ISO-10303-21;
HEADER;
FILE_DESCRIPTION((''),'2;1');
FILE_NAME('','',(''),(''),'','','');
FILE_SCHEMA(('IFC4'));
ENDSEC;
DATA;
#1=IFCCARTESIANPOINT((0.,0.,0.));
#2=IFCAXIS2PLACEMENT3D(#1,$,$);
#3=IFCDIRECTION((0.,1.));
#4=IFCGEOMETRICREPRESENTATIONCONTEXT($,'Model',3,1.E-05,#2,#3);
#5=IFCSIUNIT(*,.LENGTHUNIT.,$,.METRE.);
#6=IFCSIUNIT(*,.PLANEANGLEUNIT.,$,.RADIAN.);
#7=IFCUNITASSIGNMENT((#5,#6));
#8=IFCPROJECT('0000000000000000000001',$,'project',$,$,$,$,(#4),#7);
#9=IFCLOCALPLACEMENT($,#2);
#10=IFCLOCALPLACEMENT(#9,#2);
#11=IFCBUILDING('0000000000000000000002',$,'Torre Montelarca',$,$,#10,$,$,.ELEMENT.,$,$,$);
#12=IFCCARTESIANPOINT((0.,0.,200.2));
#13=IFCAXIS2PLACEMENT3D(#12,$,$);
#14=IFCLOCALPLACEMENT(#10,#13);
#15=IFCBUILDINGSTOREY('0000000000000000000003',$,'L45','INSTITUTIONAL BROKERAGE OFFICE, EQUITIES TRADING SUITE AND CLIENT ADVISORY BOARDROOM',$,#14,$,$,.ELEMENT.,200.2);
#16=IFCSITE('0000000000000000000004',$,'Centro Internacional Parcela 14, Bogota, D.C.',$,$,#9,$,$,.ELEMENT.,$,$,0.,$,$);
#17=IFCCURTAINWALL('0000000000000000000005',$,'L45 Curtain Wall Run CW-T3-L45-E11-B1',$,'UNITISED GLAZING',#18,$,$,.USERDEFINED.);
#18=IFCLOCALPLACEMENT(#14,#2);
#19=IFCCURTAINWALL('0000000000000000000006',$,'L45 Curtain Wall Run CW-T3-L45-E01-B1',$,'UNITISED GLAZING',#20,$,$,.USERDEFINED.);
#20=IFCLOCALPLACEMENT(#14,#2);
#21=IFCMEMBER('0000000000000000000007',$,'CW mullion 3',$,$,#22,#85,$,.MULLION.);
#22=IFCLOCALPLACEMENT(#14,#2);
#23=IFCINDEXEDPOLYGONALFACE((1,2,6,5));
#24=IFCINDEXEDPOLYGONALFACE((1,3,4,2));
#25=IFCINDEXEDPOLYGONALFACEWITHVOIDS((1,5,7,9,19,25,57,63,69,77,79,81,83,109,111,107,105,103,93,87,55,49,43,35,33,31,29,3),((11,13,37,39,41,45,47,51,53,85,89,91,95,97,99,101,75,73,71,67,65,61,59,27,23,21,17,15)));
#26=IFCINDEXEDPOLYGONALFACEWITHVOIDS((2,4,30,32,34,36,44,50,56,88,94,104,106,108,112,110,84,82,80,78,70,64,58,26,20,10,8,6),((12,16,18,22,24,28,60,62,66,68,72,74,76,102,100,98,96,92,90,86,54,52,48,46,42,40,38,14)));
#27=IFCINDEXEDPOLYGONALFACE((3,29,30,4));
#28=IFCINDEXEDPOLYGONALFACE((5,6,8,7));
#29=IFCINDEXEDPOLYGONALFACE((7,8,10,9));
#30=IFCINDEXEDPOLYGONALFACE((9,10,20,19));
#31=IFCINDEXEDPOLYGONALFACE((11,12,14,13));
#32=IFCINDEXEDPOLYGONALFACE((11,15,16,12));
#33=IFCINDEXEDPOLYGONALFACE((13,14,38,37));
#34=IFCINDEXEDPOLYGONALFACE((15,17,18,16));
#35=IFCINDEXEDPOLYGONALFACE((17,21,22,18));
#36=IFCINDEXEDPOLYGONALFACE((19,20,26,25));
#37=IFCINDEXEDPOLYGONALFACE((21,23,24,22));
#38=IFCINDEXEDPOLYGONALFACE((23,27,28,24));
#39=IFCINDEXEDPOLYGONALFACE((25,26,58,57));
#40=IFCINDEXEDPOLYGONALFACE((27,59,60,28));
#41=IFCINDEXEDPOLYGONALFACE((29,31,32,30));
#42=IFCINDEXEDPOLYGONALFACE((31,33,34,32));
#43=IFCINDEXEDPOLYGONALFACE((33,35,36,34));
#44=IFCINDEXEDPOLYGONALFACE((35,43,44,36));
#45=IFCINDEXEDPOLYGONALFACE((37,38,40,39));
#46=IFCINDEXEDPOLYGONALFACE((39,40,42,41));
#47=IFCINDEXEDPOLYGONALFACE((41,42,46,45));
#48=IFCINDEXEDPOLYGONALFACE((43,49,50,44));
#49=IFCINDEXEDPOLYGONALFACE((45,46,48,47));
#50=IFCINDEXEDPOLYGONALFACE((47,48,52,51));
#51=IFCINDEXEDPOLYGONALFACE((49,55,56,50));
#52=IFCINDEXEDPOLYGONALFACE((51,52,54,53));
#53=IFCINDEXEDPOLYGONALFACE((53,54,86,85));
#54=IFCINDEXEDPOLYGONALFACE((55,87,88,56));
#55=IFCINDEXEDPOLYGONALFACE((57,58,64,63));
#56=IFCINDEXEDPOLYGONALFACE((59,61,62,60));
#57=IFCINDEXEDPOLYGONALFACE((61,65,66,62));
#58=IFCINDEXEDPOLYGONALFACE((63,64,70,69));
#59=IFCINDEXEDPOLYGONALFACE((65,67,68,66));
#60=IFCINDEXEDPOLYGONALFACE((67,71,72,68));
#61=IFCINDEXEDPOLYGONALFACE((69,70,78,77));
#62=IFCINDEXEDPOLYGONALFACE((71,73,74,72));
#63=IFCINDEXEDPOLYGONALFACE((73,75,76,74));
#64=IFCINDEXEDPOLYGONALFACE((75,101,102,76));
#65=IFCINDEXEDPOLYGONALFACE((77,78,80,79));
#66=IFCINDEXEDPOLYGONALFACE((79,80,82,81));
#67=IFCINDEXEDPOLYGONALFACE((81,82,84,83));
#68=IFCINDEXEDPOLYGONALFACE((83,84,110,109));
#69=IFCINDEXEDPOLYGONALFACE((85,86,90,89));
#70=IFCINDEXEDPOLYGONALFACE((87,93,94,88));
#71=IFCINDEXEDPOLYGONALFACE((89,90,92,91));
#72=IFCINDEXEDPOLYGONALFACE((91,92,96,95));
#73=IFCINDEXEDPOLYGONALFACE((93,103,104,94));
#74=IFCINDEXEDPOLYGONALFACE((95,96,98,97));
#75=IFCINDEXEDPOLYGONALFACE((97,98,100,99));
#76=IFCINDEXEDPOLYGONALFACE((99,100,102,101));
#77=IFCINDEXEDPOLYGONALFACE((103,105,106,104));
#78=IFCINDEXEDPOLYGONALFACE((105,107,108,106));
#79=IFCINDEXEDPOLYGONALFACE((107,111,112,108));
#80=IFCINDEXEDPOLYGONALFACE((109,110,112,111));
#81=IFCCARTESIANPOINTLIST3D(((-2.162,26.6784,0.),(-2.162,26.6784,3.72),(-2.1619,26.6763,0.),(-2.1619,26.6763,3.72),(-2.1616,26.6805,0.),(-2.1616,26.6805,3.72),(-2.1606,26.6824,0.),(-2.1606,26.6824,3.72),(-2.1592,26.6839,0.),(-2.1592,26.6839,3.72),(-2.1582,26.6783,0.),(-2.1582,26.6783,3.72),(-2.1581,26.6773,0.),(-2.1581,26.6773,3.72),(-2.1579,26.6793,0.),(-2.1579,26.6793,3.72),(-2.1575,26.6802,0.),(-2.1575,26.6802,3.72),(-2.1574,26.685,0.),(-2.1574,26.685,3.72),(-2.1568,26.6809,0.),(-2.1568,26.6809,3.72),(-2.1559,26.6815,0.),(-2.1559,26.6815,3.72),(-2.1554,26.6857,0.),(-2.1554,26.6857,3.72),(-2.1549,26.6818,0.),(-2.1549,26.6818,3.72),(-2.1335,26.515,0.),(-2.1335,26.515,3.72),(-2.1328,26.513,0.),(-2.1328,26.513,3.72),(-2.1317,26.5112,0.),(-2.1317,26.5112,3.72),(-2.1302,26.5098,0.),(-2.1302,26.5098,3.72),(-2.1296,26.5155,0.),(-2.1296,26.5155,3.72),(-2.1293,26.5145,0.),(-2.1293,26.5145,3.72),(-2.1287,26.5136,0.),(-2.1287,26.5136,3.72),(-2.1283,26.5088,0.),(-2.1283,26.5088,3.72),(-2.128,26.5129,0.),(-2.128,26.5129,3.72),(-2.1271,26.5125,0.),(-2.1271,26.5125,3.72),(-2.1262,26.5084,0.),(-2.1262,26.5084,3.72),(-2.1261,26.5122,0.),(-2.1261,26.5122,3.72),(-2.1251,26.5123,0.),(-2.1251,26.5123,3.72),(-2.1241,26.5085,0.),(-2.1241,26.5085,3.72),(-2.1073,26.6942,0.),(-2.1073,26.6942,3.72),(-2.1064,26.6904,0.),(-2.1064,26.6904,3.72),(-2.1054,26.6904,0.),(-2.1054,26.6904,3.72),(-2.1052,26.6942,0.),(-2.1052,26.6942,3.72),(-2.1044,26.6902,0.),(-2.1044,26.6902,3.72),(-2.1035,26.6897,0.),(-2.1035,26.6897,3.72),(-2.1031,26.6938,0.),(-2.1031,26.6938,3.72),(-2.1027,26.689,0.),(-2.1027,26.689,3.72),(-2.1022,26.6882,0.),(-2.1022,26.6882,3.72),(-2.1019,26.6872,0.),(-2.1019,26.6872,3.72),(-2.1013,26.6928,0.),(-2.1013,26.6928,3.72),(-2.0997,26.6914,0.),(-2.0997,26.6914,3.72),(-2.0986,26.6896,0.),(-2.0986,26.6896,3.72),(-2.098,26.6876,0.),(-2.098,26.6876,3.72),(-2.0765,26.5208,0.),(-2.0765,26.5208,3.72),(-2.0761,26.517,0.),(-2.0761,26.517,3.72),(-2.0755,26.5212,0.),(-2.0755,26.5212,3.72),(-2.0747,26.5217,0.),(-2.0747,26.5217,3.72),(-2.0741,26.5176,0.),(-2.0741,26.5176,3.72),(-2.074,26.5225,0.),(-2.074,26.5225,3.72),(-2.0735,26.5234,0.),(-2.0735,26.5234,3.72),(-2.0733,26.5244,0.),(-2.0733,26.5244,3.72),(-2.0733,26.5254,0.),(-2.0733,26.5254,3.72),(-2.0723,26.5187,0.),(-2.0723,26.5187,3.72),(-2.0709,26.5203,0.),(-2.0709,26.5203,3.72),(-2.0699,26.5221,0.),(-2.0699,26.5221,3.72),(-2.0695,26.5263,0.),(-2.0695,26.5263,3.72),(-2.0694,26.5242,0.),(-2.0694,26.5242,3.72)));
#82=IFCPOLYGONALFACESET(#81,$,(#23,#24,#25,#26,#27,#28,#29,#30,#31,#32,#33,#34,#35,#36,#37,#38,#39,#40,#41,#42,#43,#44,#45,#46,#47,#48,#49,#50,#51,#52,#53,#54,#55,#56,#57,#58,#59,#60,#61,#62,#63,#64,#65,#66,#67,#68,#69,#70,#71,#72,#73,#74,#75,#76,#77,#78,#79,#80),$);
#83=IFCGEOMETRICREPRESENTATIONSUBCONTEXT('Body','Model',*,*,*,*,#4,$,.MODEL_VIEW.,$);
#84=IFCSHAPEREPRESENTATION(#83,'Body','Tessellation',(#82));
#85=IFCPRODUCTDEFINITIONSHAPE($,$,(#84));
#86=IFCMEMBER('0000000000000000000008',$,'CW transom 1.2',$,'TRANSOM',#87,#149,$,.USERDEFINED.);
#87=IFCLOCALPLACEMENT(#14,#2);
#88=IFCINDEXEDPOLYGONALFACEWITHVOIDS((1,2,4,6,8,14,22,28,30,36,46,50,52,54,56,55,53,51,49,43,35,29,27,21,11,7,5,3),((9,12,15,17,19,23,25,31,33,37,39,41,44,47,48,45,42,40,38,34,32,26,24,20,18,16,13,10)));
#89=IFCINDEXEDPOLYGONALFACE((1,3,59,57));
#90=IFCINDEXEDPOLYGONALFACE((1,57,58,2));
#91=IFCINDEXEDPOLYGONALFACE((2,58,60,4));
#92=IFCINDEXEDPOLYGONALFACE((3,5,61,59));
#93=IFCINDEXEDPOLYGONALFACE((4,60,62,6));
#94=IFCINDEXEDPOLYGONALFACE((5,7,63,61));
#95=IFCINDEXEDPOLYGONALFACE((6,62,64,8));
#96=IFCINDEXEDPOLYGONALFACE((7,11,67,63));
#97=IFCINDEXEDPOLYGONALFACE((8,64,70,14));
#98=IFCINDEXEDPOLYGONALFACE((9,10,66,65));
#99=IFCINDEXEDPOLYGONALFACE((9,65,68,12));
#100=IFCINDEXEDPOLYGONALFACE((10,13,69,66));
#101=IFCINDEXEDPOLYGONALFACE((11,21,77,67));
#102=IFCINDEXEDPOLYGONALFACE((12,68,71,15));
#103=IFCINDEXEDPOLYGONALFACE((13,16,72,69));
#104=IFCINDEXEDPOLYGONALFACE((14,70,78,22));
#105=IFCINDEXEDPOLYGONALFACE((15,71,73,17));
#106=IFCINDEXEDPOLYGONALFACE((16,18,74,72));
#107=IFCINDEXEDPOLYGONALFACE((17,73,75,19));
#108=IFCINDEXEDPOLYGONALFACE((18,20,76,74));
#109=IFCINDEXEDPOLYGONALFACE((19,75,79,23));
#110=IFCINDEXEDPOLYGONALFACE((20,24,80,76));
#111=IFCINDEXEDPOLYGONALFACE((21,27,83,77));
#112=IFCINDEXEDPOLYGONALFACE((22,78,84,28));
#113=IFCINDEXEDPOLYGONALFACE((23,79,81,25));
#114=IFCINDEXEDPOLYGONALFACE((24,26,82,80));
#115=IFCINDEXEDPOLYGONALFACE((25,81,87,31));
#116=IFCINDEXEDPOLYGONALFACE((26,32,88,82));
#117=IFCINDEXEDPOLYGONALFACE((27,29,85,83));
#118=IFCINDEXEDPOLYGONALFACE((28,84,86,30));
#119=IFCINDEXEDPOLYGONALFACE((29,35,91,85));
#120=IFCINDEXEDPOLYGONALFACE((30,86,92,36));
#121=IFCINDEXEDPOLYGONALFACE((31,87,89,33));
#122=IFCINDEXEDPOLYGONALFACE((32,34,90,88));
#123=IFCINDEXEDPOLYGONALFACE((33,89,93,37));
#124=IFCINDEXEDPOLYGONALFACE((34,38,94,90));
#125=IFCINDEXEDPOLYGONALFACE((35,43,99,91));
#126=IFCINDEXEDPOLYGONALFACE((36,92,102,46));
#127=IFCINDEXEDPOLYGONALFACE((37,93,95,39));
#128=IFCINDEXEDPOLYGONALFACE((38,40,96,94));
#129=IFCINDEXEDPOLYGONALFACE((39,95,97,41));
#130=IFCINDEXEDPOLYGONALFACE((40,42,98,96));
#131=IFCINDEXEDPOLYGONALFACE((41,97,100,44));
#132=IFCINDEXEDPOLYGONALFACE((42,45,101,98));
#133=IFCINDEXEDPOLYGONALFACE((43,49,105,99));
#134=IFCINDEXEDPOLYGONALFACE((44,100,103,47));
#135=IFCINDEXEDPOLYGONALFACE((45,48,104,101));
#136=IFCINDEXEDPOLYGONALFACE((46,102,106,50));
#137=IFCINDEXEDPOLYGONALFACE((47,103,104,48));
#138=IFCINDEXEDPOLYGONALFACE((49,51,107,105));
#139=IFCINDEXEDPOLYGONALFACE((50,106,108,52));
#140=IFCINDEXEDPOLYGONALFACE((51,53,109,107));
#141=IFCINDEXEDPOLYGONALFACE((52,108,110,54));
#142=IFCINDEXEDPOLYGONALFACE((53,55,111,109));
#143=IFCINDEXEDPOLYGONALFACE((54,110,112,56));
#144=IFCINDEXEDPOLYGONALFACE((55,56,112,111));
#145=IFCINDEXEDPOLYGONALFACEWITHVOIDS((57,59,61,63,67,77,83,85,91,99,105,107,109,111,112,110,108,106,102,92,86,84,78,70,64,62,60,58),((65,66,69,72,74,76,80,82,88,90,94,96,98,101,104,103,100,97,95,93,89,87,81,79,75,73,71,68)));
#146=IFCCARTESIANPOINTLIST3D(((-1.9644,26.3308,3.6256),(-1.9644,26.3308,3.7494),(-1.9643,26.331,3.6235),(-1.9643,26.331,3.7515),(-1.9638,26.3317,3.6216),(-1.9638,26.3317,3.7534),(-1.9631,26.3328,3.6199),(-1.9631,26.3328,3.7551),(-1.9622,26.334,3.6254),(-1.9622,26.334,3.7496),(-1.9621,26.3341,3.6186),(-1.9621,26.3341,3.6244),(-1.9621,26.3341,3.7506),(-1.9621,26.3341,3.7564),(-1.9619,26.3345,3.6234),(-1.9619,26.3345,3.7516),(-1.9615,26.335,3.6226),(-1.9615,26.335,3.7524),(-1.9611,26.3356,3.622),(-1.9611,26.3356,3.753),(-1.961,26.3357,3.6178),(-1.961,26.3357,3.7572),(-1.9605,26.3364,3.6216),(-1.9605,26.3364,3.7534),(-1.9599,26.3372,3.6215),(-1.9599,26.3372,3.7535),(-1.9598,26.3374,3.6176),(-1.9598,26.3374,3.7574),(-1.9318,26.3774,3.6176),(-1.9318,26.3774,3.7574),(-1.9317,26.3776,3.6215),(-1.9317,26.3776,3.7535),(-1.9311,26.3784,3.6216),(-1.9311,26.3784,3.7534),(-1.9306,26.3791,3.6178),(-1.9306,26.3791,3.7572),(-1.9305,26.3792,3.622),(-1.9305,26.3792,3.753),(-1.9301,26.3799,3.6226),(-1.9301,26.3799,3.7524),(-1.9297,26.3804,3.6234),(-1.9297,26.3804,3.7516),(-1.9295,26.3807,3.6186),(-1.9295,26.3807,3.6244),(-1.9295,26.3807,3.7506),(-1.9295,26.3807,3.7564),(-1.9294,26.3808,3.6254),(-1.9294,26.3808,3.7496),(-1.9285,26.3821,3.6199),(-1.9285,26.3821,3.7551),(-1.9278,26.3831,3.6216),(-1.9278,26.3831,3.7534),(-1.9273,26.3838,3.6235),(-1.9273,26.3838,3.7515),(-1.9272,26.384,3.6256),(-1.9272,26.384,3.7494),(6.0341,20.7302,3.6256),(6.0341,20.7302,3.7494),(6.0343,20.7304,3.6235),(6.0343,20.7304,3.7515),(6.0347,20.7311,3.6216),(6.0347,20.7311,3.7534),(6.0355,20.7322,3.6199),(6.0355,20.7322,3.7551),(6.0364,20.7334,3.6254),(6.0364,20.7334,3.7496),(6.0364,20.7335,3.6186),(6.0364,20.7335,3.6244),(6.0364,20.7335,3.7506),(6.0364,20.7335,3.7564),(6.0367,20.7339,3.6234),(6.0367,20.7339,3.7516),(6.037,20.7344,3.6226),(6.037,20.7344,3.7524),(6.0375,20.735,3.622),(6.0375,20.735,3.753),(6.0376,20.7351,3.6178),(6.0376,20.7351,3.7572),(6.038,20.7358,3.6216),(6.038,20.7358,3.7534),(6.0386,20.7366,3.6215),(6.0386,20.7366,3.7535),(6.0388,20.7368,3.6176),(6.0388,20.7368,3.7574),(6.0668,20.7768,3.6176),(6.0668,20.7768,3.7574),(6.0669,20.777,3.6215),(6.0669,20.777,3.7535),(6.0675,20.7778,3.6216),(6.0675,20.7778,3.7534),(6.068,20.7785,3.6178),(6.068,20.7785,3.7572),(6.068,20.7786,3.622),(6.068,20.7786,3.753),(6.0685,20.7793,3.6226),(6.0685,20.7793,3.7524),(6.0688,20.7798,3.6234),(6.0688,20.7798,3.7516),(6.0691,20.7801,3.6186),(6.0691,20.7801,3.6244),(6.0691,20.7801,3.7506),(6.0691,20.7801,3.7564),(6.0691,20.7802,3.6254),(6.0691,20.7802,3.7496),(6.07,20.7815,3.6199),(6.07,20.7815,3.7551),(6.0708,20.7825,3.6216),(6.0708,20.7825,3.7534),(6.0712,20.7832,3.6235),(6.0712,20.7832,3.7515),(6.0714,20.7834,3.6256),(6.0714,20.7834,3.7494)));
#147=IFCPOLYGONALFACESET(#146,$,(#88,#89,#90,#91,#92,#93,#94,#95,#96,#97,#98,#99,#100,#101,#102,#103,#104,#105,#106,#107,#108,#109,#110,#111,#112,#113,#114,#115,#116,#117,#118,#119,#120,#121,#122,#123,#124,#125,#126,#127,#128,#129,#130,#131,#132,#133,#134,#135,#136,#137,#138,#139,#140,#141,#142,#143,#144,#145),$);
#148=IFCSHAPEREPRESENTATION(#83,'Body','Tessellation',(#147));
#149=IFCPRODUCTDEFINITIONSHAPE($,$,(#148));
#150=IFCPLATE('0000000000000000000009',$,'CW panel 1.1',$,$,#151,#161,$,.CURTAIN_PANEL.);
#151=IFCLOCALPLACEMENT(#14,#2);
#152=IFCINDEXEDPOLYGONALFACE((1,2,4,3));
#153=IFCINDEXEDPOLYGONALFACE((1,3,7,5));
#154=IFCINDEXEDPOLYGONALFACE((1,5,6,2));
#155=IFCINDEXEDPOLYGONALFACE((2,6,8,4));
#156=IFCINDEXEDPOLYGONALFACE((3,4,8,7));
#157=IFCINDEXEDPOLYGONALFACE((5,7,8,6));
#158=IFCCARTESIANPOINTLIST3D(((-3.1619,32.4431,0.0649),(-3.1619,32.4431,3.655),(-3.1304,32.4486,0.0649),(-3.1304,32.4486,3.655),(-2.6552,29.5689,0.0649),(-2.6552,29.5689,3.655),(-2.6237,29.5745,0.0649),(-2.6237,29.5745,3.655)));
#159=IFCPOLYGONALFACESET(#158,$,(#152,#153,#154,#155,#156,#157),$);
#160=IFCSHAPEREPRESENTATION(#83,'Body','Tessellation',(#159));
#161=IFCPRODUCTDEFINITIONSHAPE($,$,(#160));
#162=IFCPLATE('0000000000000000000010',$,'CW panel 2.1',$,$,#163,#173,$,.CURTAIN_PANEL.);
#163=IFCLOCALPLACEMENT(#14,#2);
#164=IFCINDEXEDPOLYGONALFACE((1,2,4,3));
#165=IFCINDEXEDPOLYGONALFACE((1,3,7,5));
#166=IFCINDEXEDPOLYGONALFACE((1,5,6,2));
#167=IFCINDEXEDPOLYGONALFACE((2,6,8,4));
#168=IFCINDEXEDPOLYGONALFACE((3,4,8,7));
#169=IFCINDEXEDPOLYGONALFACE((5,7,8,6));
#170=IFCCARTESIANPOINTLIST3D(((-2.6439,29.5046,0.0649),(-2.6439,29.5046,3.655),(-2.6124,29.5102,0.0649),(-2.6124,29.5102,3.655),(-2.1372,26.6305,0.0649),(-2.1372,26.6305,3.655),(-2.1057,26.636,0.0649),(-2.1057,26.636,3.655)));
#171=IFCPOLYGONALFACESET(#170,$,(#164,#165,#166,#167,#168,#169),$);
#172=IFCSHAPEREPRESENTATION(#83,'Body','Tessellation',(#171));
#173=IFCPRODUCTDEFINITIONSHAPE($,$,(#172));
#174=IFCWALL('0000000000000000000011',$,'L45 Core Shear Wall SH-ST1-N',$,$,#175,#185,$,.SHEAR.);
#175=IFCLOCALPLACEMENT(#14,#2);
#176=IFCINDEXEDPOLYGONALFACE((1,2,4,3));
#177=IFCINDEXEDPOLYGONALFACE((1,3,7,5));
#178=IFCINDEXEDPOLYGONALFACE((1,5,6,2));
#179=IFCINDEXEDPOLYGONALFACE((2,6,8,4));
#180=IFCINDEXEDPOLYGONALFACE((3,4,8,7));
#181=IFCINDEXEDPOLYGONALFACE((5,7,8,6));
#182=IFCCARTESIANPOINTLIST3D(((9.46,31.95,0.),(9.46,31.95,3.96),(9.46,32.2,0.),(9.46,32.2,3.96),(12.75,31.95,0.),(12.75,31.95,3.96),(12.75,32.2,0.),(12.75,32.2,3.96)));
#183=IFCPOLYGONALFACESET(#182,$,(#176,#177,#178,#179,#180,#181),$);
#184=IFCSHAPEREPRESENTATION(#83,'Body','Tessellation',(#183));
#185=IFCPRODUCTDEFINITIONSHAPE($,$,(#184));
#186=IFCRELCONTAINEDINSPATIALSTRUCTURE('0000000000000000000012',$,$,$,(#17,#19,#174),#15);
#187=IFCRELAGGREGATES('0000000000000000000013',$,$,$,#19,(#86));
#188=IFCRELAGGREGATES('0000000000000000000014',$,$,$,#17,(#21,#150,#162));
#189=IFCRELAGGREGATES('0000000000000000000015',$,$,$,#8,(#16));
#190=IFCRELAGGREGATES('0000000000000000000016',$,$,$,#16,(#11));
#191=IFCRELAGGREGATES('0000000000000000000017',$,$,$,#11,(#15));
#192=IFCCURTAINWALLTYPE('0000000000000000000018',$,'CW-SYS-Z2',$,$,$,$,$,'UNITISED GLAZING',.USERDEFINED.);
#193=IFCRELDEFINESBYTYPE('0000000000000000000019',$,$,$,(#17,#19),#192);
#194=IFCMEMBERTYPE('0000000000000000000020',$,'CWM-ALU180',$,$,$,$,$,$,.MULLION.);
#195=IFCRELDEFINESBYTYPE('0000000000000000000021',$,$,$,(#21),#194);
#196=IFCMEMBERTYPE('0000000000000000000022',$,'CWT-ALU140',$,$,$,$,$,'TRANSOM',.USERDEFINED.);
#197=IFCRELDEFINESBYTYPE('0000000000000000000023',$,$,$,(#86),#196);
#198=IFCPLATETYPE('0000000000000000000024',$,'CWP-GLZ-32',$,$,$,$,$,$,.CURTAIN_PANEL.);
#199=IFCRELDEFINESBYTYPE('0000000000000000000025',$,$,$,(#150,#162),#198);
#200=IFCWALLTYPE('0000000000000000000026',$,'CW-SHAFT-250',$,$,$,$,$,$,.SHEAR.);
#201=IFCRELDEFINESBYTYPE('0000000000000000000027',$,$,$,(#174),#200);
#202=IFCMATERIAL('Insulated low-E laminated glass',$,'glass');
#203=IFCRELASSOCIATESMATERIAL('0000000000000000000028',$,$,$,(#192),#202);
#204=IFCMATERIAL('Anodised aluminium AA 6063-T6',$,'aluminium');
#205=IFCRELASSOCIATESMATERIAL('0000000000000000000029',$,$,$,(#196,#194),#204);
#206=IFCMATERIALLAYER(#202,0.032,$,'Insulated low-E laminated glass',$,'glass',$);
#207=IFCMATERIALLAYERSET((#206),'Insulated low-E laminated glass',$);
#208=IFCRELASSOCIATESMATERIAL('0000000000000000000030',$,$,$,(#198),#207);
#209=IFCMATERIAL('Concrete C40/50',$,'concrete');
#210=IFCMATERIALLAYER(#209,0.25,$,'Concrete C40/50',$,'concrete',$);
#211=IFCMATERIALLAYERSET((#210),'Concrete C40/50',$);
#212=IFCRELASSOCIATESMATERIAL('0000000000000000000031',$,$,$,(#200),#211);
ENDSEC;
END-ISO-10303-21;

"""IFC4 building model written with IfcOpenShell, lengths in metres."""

from ifc_helpers import new_model, si_unit, direction, frame, frame_2d, origin, origin_2d, place, context, subcontext, project, spatial, rectangle, hollow_rectangle, extrude, source, transform, mapped, material, layer, layer_set, material_profile, profile_set, type_object, element, aggregate, save


model = new_model("IFC4")

# Units and contexts
model_context = context("Model", 3, precision=1e-05, world=origin(), true_north=direction((0.0, 1.0)))
body_context = subcontext(model_context, "Body", "Model", "MODEL_VIEW")
ifc_project = project(units=[si_unit("LENGTHUNIT", "METRE"), si_unit("PLANEANGLEUNIT", "RADIAN")], contexts=[model_context])

# Site, building, storey
site_placement = place(None, origin())
site = spatial("IfcSite", under=ifc_project, at=site_placement, Name="Centro Internacional Parcela 14, Bogota, D.C.", CompositionType="ELEMENT", RefElevation=0.0)
building_placement = place(site_placement, origin())
building = spatial("IfcBuilding", under=site, at=building_placement, Name="Torre Montelarca", CompositionType="ELEMENT")
storey_placement = place(building_placement, frame((0.0, 0.0, 200.2)))
storey = spatial("IfcBuildingStorey", under=building, at=storey_placement, Name="L45", Description="INSTITUTIONAL BROKERAGE OFFICE, EQUITIES TRADING SUITE AND CLIENT ADVISORY BOARDROOM", CompositionType="ELEMENT", Elevation=200.2)

# Curtain wall
ifc_material_1 = material(Name="Insulated low-E laminated glass", Category="glass")
curtain_wall_type = type_object("IfcCurtainWallType", Name="CW-SYS-Z2", ElementType="UNITISED GLAZING", PredefinedType="USERDEFINED", material=ifc_material_1)
curtain_wall_1_placement = place(storey_placement, origin())
curtain_wall_1 = element("IfcCurtainWall", 1, at=curtain_wall_1_placement, inside=storey, type_object=curtain_wall_type, Name="L45 Curtain Wall Run CW-T3-L45-E11-B1", ObjectType="UNITISED GLAZING", PredefinedType="USERDEFINED")
ifc_material_2 = material(Name="Anodised aluminium AA 6063-T6", Category="aluminium")
ifc_material_profile_1 = material_profile(ifc_material_2, hollow_rectangle(XDim=0.0649, YDim=0.1399, WallThickness=0.0039, InnerFilletRadius=0.0039, OuterFilletRadius=0.0081, at=origin_2d()), Name="ALU65X140X4", Category="aluminium")
ifc_profile_set_1 = profile_set([ifc_material_profile_1], Name="Anodised aluminium AA 6063-T6")
member_type_1 = type_object("IfcMemberType", Name="CWT-ALU140", ElementType="TRANSOM", PredefinedType="USERDEFINED", material=ifc_profile_set_1)

# Curtain wall
curtain_wall_2_placement = place(storey_placement, origin())
curtain_wall_2 = element("IfcCurtainWall", 2, at=curtain_wall_2_placement, inside=storey, type_object=curtain_wall_type, Name="L45 Curtain Wall Run CW-T3-L45-E01-B1", ObjectType="UNITISED GLAZING", PredefinedType="USERDEFINED")
ifc_material_profile_2 = material_profile(ifc_material_2, hollow_rectangle(XDim=0.0649, YDim=0.1799, WallThickness=0.0039, InnerFilletRadius=0.0039, OuterFilletRadius=0.0081, at=origin_2d()), Name="ALU65X180X4", Category="aluminium")
ifc_profile_set_2 = profile_set([ifc_material_profile_2], Name="Anodised aluminium AA 6063-T6")
member_type_2 = type_object("IfcMemberType", Name="CWM-ALU180", PredefinedType="MULLION", material=ifc_profile_set_2)
shared_shape_1 = source(origin(), body_context, "Body", "SweptSolid", [
    extrude(hollow_rectangle(XDim=0.0649, YDim=0.1799, WallThickness=0.0039, InnerFilletRadius=0.0039, OuterFilletRadius=0.0081, at=origin_2d()), origin(), (0.0, 0.0, 1.0), 3.72),
])

# Members
member_1_placement = place(storey_placement, frame((-2.1157, 26.6013, 0.0), z_axis=(0.0, 0.0, 1.0), x_axis=(0.984813, 0.173621, 0.0)))
member_1 = element("IfcMember", 3, at=member_1_placement, type_object=member_type_2, Name="CW mullion 3", PredefinedType="MULLION", context=body_context, shape_type="MappedRepresentation", body=[
    mapped(shared_shape_1, transform((0.0, 0.0, 0.0), scale=1.0)),
])
shared_shape_2 = source(origin(), body_context, "Body", "SweptSolid", [
    extrude(hollow_rectangle(XDim=0.0649, YDim=0.1399, WallThickness=0.0039, InnerFilletRadius=0.0039, OuterFilletRadius=0.0081, at=origin_2d()), origin(), (0.0, 0.0, 1.0), 9.7644),
])
member_2_placement = place(storey_placement, frame((-1.9458, 26.3574, 3.6875), z_axis=(0.819154, -0.573573, 0.0), x_axis=(0.573573, 0.819154, 0.0)))
member_2 = element("IfcMember", 4, at=member_2_placement, type_object=member_type_1, Name="CW transom 1.2", ObjectType="TRANSOM", PredefinedType="USERDEFINED", context=body_context, shape_type="MappedRepresentation", body=[
    mapped(shared_shape_2, transform((0.0, 0.0, 0.0), scale=1.0)),
])
aggregate(curtain_wall_2, [member_2])

# Plates
ifc_layer_1 = layer(ifc_material_1, 0.032, Name="Insulated low-E laminated glass", Category="glass")
ifc_layer_set_1 = layer_set([ifc_layer_1], Name="Insulated low-E laminated glass")
plate_type = type_object("IfcPlateType", Name="CWP-GLZ-32", PredefinedType="CURTAIN_PANEL", material=ifc_layer_set_1)
shared_shape_3 = source(origin(), body_context, "Body", "SweptSolid", [
    extrude(rectangle(XDim=2.9185, YDim=0.032, at=origin_2d()), origin(), (0.0, 0.0, 1.0), 3.5901),
])
plate_1_placement = place(storey_placement, frame((-2.8928, 31.0088, 0.0649), z_axis=(0.0, 0.0, 1.0), x_axis=(0.173621, -0.984813, 0.0)))
plate_1 = element("IfcPlate", 5, at=plate_1_placement, type_object=plate_type, Name="CW panel 1.1", PredefinedType="CURTAIN_PANEL", context=body_context, shape_type="MappedRepresentation", body=[
    mapped(shared_shape_3, transform((0.0, 0.0, 0.0), scale=1.0)),
])
plate_2_placement = place(storey_placement, frame((-2.3748, 28.0703, 0.0649), z_axis=(0.0, 0.0, 1.0), x_axis=(0.173621, -0.984813, 0.0)))
plate_2 = element("IfcPlate", 6, at=plate_2_placement, type_object=plate_type, Name="CW panel 2.1", PredefinedType="CURTAIN_PANEL", context=body_context, shape_type="MappedRepresentation", body=[
    mapped(shared_shape_3, transform((0.0, 0.0, 0.0), scale=1.0)),
])
aggregate(curtain_wall_1, [member_1, plate_1, plate_2])

# Wall
ifc_material_3 = material(Name="Concrete C40/50", Category="concrete")
ifc_layer_2 = layer(ifc_material_3, 0.25, Name="Concrete C40/50", Category="concrete")
ifc_layer_set_2 = layer_set([ifc_layer_2], Name="Concrete C40/50")
wall_type_1 = type_object("IfcWallType", Name="CW-SHAFT-250", PredefinedType="SHEAR", material=ifc_layer_set_2)
wall_1_placement = place(storey_placement, frame((9.46, 32.075, 0.0), z_axis=(0.0, 0.0, 1.0), x_axis=(1.0, 0.0, 0.0)))
element("IfcWall", 7, at=wall_1_placement, inside=storey, type_object=wall_type_1, Name="L45 Core Shear Wall SH-ST1-N", PredefinedType="SHEAR", context=body_context, shape_type="SweptSolid", body=[
    extrude(rectangle(XDim=3.29, YDim=0.25, at=frame_2d((1.645, 0.0))), origin(), (0.0, 0.0, 1.0), 3.96),
])

save(model, "model.ifc")
